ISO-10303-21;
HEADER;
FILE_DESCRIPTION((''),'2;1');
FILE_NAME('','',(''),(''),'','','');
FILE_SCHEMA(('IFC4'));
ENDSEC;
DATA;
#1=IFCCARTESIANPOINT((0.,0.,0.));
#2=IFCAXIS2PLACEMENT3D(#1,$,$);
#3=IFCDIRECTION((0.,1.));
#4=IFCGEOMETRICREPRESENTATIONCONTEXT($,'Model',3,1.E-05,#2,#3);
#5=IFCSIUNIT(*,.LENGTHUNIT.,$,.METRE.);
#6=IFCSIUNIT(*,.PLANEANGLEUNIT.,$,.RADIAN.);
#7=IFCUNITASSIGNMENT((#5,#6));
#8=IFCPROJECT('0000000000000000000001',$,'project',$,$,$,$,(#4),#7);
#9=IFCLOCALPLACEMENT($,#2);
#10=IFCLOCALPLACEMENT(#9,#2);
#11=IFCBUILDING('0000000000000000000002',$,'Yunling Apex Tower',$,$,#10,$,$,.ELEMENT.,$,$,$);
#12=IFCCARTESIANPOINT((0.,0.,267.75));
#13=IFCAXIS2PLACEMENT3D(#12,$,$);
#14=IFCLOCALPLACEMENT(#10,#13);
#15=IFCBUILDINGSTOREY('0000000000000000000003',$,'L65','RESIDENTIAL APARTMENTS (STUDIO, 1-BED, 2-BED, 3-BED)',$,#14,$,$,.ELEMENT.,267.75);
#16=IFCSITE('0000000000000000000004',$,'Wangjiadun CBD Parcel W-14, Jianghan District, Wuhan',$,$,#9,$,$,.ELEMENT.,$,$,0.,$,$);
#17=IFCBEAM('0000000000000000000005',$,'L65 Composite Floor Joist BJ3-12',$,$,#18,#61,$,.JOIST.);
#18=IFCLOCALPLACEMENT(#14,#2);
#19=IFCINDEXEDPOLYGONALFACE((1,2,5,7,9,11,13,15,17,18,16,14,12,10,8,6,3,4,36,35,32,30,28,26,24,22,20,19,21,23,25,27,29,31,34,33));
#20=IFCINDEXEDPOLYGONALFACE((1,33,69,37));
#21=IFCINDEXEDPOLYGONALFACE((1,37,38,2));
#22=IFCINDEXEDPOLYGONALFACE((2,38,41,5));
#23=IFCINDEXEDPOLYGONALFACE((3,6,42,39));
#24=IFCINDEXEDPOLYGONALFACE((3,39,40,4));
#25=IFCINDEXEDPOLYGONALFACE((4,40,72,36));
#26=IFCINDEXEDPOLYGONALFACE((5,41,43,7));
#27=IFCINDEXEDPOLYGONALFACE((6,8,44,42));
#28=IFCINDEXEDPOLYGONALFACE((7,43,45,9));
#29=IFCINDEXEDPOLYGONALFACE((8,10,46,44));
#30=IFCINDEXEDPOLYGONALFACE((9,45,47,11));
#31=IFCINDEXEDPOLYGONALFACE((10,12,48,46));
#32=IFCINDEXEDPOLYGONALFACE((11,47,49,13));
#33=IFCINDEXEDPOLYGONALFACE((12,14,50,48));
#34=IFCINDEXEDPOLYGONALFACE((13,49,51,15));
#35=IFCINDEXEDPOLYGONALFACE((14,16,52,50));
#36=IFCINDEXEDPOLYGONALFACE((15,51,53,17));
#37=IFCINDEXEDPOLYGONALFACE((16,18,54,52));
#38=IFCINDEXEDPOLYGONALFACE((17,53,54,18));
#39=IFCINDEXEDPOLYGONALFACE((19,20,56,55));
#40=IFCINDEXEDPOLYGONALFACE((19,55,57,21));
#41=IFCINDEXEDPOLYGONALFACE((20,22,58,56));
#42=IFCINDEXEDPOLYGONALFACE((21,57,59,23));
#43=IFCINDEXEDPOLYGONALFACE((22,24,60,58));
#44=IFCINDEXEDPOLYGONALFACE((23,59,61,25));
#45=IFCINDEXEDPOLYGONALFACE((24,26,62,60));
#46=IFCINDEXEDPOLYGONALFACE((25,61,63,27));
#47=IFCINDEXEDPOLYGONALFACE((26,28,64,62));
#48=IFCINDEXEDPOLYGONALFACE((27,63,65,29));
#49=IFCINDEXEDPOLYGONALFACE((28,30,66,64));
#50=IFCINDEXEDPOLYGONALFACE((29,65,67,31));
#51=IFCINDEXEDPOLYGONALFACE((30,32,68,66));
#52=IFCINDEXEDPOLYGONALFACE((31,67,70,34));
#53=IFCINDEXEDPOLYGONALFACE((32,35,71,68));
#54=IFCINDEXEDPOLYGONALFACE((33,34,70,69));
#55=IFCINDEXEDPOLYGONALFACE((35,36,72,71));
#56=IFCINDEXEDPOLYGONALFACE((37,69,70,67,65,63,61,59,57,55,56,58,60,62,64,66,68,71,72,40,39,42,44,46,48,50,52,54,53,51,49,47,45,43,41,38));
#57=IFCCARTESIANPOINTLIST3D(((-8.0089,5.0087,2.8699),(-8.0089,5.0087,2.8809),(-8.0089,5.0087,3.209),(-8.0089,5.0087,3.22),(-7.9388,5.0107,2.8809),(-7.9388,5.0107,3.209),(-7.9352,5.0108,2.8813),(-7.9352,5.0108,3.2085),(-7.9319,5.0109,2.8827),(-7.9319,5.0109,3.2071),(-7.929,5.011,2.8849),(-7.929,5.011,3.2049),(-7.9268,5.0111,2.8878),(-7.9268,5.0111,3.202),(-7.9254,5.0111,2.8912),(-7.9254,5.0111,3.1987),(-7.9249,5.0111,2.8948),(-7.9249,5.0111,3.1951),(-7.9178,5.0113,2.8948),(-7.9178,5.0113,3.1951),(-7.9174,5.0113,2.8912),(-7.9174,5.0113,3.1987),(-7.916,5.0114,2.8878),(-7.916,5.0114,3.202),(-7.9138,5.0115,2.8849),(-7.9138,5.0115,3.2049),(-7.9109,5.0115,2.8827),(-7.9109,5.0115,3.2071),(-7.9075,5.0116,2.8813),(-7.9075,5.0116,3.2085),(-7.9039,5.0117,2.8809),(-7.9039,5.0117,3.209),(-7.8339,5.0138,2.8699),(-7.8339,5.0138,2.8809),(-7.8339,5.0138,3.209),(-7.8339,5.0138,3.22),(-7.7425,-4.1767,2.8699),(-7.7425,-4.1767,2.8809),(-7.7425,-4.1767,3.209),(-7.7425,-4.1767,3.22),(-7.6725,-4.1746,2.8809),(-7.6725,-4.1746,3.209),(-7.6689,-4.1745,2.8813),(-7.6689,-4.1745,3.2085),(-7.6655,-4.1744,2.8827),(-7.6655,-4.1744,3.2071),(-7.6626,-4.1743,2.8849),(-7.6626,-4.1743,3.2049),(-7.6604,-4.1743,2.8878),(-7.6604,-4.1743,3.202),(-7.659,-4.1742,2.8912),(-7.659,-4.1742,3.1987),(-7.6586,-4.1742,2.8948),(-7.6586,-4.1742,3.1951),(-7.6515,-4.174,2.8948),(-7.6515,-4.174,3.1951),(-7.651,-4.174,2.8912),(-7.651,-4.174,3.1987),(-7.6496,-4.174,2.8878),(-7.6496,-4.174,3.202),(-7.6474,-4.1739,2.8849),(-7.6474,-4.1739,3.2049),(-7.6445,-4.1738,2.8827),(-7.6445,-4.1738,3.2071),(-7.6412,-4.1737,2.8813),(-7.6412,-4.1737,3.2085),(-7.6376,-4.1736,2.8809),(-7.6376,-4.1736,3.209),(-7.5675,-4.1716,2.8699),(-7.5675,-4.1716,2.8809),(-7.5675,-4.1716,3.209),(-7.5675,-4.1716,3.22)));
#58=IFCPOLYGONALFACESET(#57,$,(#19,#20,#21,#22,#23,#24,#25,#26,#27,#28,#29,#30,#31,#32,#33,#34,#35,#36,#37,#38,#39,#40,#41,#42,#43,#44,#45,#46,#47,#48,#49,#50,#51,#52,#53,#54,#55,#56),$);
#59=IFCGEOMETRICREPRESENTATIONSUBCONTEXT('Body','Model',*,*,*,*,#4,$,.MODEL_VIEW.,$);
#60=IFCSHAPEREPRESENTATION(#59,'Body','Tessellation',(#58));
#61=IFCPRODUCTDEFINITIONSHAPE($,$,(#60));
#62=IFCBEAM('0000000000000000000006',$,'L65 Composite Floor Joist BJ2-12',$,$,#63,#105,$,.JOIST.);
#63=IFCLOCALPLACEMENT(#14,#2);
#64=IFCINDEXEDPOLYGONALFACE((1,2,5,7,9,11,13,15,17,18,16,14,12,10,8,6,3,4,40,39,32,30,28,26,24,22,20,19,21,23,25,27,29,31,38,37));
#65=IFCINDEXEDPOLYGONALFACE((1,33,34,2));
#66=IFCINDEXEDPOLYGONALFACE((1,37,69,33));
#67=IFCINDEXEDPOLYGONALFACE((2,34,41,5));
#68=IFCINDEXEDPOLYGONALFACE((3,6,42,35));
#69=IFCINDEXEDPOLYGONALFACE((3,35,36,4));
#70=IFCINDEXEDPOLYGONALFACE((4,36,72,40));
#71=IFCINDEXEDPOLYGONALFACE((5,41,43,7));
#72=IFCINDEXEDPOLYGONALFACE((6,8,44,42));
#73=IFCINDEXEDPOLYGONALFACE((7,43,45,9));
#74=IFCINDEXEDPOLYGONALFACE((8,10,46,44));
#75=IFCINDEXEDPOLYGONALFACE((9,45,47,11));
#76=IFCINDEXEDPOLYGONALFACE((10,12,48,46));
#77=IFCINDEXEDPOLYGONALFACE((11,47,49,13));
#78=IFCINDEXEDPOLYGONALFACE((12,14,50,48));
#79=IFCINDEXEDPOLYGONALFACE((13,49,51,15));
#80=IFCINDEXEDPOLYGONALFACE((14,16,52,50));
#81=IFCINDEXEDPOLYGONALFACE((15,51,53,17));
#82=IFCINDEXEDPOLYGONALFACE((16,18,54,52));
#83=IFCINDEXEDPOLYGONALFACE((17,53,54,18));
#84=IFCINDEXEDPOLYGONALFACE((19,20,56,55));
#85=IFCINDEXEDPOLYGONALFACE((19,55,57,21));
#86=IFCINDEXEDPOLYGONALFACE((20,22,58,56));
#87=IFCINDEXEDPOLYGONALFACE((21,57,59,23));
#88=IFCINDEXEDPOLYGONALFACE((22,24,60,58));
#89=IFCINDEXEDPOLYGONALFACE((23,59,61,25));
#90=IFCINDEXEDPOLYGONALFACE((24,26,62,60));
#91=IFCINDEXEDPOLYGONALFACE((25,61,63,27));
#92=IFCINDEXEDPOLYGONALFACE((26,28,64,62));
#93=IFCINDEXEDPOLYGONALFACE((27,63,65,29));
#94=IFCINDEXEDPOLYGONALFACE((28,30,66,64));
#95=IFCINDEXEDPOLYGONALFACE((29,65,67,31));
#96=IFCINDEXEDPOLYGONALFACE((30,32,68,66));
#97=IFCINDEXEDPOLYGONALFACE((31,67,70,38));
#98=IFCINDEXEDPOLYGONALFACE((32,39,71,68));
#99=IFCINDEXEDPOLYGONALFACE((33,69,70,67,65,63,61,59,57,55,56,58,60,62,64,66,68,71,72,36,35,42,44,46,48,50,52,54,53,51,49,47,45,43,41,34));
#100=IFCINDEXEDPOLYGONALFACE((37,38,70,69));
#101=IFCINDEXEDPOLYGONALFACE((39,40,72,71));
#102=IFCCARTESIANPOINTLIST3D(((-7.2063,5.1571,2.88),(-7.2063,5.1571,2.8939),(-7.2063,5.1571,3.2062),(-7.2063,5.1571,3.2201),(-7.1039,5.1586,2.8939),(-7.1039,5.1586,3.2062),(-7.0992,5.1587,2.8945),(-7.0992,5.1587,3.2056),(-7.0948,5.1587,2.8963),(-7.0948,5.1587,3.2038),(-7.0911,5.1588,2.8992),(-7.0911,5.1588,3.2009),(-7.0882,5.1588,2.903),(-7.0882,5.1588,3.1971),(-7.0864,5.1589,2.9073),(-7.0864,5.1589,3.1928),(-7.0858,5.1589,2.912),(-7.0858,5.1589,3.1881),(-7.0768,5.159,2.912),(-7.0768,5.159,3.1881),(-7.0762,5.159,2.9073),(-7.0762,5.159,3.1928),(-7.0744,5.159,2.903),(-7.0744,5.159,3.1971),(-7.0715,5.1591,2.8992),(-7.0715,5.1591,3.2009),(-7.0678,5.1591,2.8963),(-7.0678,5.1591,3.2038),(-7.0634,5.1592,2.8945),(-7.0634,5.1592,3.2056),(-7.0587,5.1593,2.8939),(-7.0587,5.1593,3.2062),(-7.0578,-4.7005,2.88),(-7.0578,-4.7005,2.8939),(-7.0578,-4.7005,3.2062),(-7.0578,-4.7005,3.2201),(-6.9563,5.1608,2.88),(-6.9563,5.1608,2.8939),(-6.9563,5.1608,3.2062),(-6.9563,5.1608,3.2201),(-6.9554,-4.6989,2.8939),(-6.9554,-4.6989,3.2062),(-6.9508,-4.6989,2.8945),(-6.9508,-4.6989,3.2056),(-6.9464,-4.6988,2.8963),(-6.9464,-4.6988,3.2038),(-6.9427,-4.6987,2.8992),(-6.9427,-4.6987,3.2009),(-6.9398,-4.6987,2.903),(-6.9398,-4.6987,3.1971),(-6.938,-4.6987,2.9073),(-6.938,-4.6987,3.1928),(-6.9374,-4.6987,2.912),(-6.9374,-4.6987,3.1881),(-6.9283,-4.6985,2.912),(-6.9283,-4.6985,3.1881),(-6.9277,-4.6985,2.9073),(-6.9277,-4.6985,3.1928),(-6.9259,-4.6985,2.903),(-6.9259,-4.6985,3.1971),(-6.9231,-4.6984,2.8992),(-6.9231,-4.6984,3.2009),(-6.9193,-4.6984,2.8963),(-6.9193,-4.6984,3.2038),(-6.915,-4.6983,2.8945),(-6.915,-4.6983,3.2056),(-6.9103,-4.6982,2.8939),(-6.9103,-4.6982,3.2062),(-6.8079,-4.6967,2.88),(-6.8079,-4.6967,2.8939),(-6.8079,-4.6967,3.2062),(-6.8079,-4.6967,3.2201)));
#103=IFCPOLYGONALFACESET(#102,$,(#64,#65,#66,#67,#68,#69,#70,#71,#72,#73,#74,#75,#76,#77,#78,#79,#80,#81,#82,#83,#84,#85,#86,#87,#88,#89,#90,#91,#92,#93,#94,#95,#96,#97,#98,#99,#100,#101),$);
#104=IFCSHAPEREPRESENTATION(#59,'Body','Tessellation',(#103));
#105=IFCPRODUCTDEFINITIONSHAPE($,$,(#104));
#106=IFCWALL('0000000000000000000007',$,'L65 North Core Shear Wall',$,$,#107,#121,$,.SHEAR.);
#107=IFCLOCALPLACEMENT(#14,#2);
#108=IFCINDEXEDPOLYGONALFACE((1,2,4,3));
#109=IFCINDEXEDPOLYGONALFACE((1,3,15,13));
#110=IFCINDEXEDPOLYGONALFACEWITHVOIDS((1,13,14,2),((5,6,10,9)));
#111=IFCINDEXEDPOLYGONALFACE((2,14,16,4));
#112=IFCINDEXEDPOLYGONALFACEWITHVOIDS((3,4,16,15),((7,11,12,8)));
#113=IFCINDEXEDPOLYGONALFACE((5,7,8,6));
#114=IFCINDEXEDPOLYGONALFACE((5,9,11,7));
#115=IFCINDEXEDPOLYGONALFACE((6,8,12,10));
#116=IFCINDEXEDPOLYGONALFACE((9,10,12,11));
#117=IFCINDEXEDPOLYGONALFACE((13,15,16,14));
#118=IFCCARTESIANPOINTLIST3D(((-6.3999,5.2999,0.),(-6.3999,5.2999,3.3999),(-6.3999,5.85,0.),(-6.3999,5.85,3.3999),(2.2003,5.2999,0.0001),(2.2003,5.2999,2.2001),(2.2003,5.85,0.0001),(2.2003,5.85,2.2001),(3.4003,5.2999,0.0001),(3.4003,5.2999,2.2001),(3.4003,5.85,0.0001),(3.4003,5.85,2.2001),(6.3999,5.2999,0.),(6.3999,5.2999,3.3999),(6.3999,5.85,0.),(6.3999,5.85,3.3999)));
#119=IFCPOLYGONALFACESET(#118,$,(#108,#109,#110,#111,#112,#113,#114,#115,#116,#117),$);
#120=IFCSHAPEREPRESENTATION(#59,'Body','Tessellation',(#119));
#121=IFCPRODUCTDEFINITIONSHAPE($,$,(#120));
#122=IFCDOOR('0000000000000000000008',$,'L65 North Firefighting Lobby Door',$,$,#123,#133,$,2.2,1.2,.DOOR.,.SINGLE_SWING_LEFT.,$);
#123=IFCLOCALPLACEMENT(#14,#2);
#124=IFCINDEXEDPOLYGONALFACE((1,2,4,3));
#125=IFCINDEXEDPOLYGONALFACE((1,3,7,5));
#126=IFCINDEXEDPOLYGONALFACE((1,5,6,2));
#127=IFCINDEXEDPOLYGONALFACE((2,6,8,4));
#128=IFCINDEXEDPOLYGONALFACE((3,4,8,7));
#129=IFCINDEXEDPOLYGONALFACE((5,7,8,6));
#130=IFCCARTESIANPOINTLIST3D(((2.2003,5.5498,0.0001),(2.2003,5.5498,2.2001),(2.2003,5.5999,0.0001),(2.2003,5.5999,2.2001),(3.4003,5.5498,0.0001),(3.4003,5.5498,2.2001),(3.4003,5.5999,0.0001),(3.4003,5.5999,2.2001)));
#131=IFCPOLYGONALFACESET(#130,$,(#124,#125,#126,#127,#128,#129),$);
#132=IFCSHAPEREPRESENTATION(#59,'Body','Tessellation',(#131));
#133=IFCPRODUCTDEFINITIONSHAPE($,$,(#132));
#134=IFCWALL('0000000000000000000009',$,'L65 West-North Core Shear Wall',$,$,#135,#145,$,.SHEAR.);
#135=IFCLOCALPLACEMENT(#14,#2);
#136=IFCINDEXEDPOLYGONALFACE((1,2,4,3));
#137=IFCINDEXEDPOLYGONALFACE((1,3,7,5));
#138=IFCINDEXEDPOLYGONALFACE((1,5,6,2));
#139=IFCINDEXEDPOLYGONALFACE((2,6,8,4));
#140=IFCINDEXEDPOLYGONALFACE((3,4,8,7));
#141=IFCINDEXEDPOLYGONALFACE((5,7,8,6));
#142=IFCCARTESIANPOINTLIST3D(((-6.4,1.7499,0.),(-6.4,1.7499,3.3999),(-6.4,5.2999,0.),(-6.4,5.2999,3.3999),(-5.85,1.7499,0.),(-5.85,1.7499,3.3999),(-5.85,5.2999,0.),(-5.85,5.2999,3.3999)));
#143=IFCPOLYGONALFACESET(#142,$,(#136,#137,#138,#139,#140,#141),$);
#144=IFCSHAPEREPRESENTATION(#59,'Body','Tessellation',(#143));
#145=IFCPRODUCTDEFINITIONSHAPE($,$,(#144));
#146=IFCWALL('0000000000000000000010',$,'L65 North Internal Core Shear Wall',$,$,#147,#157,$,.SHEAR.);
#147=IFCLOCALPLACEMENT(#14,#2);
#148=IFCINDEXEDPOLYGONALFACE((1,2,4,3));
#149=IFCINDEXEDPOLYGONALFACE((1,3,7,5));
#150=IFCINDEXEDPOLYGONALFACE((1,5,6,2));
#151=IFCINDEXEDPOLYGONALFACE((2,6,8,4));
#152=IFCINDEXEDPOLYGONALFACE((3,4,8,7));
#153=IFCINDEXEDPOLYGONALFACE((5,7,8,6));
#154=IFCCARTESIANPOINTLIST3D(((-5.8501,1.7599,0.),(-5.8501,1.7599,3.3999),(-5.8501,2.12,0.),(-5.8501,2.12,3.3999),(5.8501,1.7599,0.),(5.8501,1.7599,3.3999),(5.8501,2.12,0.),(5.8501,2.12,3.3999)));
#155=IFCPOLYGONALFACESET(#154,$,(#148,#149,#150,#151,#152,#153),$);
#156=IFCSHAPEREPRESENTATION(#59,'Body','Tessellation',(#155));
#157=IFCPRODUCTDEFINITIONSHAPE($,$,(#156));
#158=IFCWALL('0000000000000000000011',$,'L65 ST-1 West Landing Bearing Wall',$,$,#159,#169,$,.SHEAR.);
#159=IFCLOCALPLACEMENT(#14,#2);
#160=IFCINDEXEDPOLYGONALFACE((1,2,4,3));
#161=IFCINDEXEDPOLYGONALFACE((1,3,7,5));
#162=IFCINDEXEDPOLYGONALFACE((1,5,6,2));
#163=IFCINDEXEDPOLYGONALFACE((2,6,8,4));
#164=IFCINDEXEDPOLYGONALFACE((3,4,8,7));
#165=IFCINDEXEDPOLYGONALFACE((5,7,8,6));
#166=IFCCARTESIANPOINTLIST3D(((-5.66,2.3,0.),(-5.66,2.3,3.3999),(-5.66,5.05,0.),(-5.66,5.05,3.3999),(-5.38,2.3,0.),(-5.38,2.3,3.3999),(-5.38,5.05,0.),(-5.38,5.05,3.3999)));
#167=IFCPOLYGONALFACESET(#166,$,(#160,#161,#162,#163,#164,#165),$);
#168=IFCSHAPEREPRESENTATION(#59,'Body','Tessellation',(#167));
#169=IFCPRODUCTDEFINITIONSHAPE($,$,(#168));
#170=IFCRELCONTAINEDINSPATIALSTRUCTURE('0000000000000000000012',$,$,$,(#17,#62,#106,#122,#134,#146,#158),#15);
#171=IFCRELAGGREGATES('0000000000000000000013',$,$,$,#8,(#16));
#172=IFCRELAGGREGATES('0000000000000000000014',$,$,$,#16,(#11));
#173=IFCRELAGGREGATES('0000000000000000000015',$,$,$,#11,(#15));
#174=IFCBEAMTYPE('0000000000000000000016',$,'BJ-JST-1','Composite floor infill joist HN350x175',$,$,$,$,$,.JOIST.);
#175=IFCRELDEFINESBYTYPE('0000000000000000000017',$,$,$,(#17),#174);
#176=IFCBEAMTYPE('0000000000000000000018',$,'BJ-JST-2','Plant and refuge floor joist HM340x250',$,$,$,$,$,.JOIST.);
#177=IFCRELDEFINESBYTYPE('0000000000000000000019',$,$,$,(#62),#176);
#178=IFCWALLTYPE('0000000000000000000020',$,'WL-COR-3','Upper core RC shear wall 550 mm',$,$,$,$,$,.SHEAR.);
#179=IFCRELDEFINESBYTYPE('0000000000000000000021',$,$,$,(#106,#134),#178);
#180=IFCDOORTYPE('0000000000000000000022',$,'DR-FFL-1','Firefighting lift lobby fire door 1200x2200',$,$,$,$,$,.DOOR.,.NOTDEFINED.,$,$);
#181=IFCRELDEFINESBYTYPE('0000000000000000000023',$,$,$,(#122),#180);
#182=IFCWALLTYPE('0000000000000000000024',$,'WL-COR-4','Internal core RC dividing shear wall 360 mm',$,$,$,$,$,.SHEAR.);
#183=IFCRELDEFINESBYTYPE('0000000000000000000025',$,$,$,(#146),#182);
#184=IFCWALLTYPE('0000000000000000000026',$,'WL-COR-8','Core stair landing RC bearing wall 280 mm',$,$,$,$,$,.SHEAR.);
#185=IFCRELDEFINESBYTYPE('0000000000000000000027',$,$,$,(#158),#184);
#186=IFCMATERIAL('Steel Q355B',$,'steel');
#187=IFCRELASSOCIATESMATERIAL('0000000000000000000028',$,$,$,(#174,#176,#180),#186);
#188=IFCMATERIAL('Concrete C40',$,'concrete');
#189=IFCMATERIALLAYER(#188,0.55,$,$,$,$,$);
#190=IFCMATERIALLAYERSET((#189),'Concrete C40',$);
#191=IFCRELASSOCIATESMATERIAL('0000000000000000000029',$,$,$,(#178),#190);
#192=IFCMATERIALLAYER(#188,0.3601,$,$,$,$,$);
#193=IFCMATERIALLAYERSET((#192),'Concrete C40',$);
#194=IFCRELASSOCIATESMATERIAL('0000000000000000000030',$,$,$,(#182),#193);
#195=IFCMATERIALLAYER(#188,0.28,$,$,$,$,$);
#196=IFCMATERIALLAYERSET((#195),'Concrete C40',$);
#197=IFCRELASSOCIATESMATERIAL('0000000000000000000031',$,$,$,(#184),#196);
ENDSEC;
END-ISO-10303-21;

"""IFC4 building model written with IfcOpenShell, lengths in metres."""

from ifc_helpers import new_model, si_unit, direction, frame, frame_2d, origin, origin_2d, place, context, subcontext, project, spatial, rectangle, i_section, extrude, source, transform, mapped, material, layer, layer_set, material_profile, profile_set, type_object, element, fill, save


model = new_model("IFC4")

# Units and contexts
model_context = context("Model", 3, precision=1e-05, world=origin(), true_north=direction((0.0, 1.0)))
body_context = subcontext(model_context, "Body", "Model", "MODEL_VIEW")
ifc_project = project(units=[si_unit("LENGTHUNIT", "METRE"), si_unit("PLANEANGLEUNIT", "RADIAN")], contexts=[model_context])

# Site, building, storey
site_placement = place(None, origin())
site = spatial("IfcSite", under=ifc_project, at=site_placement, Name="Wangjiadun CBD Parcel W-14, Jianghan District, Wuhan", CompositionType="ELEMENT", RefElevation=0.0)
building_placement = place(site_placement, origin())
building = spatial("IfcBuilding", under=site, at=building_placement, Name="Yunling Apex Tower", CompositionType="ELEMENT")
storey_placement = place(building_placement, frame((0.0, 0.0, 267.75)))
storey = spatial("IfcBuildingStorey", under=building, at=storey_placement, Name="L65", Description="RESIDENTIAL APARTMENTS (STUDIO, 1-BED, 2-BED, 3-BED)", CompositionType="ELEMENT", Elevation=267.75)

# Beams
ifc_material_1 = material(Name="Steel Q355B", Category="steel")
ifc_material_profile_1 = material_profile(ifc_material_1, i_section(OverallWidth=0.175, OverallDepth=0.3501, WebThickness=0.0071, FlangeThickness=0.011, FilletRadius=0.0139, at=origin_2d()))
ifc_profile_set_1 = profile_set([ifc_material_profile_1], Name="Steel Q355B")
beam_type_1 = type_object("IfcBeamType", Name="BJ-JST-1", Description="Composite floor infill joist HN350x175", PredefinedType="JOIST", material=ifc_profile_set_1)
shared_shape_1 = source(origin(), body_context, "Body", "SweptSolid", [
    extrude(i_section(OverallWidth=0.175, OverallDepth=0.3501, WebThickness=0.0071, FlangeThickness=0.011, FilletRadius=0.0139, at=origin_2d()), origin(), (0.0, 0.0, 1.0), 9.1892),
])
beam_1_placement = place(storey_placement, frame((-7.9214, 5.0112, 3.0449), z_axis=(0.028986, -0.99958, 0.0), x_axis=(0.99958, 0.028986, 0.0)))
element("IfcBeam", 1, at=beam_1_placement, inside=storey, type_object=beam_type_1, Name="L65 Composite Floor Joist BJ3-12", PredefinedType="JOIST", context=body_context, shape_type="MappedRepresentation", body=[
    mapped(shared_shape_1, transform((0.0, 0.0, 0.0), scale=1.0)),
])
ifc_material_profile_2 = material_profile(ifc_material_1, i_section(OverallWidth=0.25, OverallDepth=0.3401, WebThickness=0.009, FlangeThickness=0.0139, FilletRadius=0.0181, at=origin_2d()))
ifc_profile_set_2 = profile_set([ifc_material_profile_2], Name="Steel Q355B")
beam_type_2 = type_object("IfcBeamType", Name="BJ-JST-2", Description="Plant and refuge floor joist HM340x250", PredefinedType="JOIST", material=ifc_profile_set_2)
shared_shape_2 = source(origin(), body_context, "Body", "SweptSolid", [
    extrude(i_section(OverallWidth=0.25, OverallDepth=0.3401, WebThickness=0.009, FlangeThickness=0.0139, FilletRadius=0.0181, at=origin_2d()), origin(), (0.0, 0.0, 1.0), 9.8586),
])
beam_2_placement = place(storey_placement, frame((-7.0813, 5.1589, 3.05), z_axis=(0.015057, -0.999887, 0.0), x_axis=(0.999887, 0.015057, 0.0)))
element("IfcBeam", 2, at=beam_2_placement, inside=storey, type_object=beam_type_2, Name="L65 Composite Floor Joist BJ2-12", PredefinedType="JOIST", context=body_context, shape_type="MappedRepresentation", body=[
    mapped(shared_shape_2, transform((0.0, 0.0, 0.0), scale=1.0)),
])

# Wall, opening, door
ifc_material_2 = material(Name="Concrete C40", Category="concrete")
ifc_layer_1 = layer(ifc_material_2, 0.55)
ifc_layer_set_1 = layer_set([ifc_layer_1], Name="Concrete C40")
wall_type_1 = type_object("IfcWallType", Name="WL-COR-3", Description="Upper core RC shear wall 550 mm", PredefinedType="SHEAR", material=ifc_layer_set_1)
wall_1_placement = place(storey_placement, frame((-6.3999, 5.575, 0.0), z_axis=(0.0, 0.0, 1.0), x_axis=(1.0, 0.0, 0.0)))
wall_1 = element("IfcWall", 3, at=wall_1_placement, inside=storey, type_object=wall_type_1, Name="L65 North Core Shear Wall", PredefinedType="SHEAR", context=body_context, shape_type="SweptSolid", body=[
    extrude(rectangle(XDim=12.7998, YDim=0.55, at=frame_2d((6.3999, 0.0))), origin(), (0.0, 0.0, 1.0), 3.3999),
])
opening_1_placement = place(wall_1_placement, frame((8.6001, 0.0, 0.0)))
opening_1 = element("IfcOpeningElement", 4, at=opening_1_placement, cuts=wall_1, PredefinedType="OPENING", context=body_context, shape_type="SweptSolid", body=[
    extrude(rectangle(XDim=1.2, YDim=2.2, at=frame_2d((0.6001, 1.1001))), frame((0.0, 0.2852, 0.0), z_axis=(0.0, -1.0, 0.0), x_axis=(1.0, 0.0, 0.0)), (0.0, 0.0, 1.0), 0.5701),
])
door_type_1 = type_object("IfcDoorType", Name="DR-FFL-1", Description="Firefighting lift lobby fire door 1200x2200", OperationType="NOTDEFINED", PredefinedType="DOOR", material=ifc_material_1)
door_1_placement = place(opening_1_placement, origin())
door_1 = element("IfcDoor", 5, at=door_1_placement, inside=storey, type_object=door_type_1, Name="L65 North Firefighting Lobby Door", OperationType="SINGLE_SWING_LEFT", OverallHeight=2.2, OverallWidth=1.2, PredefinedType="DOOR", context=body_context, shape_type="SweptSolid", body=[
    extrude(rectangle(XDim=1.2, YDim=2.2, at=frame_2d((0.6001, 1.1001))), frame((0.0, 0.0249, 0.0), z_axis=(0.0, -1.0, 0.0), x_axis=(1.0, 0.0, 0.0)), (0.0, 0.0, 1.0), 0.05),
])
fill(opening_1, door_1)

# Walls
wall_2_placement = place(storey_placement, frame((-6.125, 1.75, 0.0), z_axis=(0.0, 0.0, 1.0), x_axis=(0.0, 1.0, 0.0)))
element("IfcWall", 6, at=wall_2_placement, inside=storey, type_object=wall_type_1, Name="L65 West-North Core Shear Wall", PredefinedType="SHEAR", context=body_context, shape_type="SweptSolid", body=[
    extrude(rectangle(XDim=3.55, YDim=0.55, at=frame_2d((1.7749, 0.0))), origin(), (0.0, 0.0, 1.0), 3.3999),
])
ifc_layer_2 = layer(ifc_material_2, 0.3601)
ifc_layer_set_2 = layer_set([ifc_layer_2], Name="Concrete C40")
wall_type_2 = type_object("IfcWallType", Name="WL-COR-4", Description="Internal core RC dividing shear wall 360 mm", PredefinedType="SHEAR", material=ifc_layer_set_2)
wall_3_placement = place(storey_placement, frame((-5.8501, 1.9399, 0.0), z_axis=(0.0, 0.0, 1.0), x_axis=(1.0, 0.0, 0.0)))
element("IfcWall", 7, at=wall_3_placement, inside=storey, type_object=wall_type_2, Name="L65 North Internal Core Shear Wall", PredefinedType="SHEAR", context=body_context, shape_type="SweptSolid", body=[
    extrude(rectangle(XDim=11.7002, YDim=0.3601, at=frame_2d((5.8501, 0.0))), origin(), (0.0, 0.0, 1.0), 3.3999),
])
ifc_layer_3 = layer(ifc_material_2, 0.28)
ifc_layer_set_3 = layer_set([ifc_layer_3], Name="Concrete C40")
wall_type_3 = type_object("IfcWallType", Name="WL-COR-8", Description="Core stair landing RC bearing wall 280 mm", PredefinedType="SHEAR", material=ifc_layer_set_3)
wall_4_placement = place(storey_placement, frame((-5.52, 2.3, 0.0), z_axis=(0.0, 0.0, 1.0), x_axis=(0.0, 1.0, 0.0)))
element("IfcWall", 8, at=wall_4_placement, inside=storey, type_object=wall_type_3, Name="L65 ST-1 West Landing Bearing Wall", PredefinedType="SHEAR", context=body_context, shape_type="SweptSolid", body=[
    extrude(rectangle(XDim=2.75, YDim=0.28, at=frame_2d((1.375, 0.0))), origin(), (0.0, 0.0, 1.0), 3.3999),
])

save(model, "model.ifc")
